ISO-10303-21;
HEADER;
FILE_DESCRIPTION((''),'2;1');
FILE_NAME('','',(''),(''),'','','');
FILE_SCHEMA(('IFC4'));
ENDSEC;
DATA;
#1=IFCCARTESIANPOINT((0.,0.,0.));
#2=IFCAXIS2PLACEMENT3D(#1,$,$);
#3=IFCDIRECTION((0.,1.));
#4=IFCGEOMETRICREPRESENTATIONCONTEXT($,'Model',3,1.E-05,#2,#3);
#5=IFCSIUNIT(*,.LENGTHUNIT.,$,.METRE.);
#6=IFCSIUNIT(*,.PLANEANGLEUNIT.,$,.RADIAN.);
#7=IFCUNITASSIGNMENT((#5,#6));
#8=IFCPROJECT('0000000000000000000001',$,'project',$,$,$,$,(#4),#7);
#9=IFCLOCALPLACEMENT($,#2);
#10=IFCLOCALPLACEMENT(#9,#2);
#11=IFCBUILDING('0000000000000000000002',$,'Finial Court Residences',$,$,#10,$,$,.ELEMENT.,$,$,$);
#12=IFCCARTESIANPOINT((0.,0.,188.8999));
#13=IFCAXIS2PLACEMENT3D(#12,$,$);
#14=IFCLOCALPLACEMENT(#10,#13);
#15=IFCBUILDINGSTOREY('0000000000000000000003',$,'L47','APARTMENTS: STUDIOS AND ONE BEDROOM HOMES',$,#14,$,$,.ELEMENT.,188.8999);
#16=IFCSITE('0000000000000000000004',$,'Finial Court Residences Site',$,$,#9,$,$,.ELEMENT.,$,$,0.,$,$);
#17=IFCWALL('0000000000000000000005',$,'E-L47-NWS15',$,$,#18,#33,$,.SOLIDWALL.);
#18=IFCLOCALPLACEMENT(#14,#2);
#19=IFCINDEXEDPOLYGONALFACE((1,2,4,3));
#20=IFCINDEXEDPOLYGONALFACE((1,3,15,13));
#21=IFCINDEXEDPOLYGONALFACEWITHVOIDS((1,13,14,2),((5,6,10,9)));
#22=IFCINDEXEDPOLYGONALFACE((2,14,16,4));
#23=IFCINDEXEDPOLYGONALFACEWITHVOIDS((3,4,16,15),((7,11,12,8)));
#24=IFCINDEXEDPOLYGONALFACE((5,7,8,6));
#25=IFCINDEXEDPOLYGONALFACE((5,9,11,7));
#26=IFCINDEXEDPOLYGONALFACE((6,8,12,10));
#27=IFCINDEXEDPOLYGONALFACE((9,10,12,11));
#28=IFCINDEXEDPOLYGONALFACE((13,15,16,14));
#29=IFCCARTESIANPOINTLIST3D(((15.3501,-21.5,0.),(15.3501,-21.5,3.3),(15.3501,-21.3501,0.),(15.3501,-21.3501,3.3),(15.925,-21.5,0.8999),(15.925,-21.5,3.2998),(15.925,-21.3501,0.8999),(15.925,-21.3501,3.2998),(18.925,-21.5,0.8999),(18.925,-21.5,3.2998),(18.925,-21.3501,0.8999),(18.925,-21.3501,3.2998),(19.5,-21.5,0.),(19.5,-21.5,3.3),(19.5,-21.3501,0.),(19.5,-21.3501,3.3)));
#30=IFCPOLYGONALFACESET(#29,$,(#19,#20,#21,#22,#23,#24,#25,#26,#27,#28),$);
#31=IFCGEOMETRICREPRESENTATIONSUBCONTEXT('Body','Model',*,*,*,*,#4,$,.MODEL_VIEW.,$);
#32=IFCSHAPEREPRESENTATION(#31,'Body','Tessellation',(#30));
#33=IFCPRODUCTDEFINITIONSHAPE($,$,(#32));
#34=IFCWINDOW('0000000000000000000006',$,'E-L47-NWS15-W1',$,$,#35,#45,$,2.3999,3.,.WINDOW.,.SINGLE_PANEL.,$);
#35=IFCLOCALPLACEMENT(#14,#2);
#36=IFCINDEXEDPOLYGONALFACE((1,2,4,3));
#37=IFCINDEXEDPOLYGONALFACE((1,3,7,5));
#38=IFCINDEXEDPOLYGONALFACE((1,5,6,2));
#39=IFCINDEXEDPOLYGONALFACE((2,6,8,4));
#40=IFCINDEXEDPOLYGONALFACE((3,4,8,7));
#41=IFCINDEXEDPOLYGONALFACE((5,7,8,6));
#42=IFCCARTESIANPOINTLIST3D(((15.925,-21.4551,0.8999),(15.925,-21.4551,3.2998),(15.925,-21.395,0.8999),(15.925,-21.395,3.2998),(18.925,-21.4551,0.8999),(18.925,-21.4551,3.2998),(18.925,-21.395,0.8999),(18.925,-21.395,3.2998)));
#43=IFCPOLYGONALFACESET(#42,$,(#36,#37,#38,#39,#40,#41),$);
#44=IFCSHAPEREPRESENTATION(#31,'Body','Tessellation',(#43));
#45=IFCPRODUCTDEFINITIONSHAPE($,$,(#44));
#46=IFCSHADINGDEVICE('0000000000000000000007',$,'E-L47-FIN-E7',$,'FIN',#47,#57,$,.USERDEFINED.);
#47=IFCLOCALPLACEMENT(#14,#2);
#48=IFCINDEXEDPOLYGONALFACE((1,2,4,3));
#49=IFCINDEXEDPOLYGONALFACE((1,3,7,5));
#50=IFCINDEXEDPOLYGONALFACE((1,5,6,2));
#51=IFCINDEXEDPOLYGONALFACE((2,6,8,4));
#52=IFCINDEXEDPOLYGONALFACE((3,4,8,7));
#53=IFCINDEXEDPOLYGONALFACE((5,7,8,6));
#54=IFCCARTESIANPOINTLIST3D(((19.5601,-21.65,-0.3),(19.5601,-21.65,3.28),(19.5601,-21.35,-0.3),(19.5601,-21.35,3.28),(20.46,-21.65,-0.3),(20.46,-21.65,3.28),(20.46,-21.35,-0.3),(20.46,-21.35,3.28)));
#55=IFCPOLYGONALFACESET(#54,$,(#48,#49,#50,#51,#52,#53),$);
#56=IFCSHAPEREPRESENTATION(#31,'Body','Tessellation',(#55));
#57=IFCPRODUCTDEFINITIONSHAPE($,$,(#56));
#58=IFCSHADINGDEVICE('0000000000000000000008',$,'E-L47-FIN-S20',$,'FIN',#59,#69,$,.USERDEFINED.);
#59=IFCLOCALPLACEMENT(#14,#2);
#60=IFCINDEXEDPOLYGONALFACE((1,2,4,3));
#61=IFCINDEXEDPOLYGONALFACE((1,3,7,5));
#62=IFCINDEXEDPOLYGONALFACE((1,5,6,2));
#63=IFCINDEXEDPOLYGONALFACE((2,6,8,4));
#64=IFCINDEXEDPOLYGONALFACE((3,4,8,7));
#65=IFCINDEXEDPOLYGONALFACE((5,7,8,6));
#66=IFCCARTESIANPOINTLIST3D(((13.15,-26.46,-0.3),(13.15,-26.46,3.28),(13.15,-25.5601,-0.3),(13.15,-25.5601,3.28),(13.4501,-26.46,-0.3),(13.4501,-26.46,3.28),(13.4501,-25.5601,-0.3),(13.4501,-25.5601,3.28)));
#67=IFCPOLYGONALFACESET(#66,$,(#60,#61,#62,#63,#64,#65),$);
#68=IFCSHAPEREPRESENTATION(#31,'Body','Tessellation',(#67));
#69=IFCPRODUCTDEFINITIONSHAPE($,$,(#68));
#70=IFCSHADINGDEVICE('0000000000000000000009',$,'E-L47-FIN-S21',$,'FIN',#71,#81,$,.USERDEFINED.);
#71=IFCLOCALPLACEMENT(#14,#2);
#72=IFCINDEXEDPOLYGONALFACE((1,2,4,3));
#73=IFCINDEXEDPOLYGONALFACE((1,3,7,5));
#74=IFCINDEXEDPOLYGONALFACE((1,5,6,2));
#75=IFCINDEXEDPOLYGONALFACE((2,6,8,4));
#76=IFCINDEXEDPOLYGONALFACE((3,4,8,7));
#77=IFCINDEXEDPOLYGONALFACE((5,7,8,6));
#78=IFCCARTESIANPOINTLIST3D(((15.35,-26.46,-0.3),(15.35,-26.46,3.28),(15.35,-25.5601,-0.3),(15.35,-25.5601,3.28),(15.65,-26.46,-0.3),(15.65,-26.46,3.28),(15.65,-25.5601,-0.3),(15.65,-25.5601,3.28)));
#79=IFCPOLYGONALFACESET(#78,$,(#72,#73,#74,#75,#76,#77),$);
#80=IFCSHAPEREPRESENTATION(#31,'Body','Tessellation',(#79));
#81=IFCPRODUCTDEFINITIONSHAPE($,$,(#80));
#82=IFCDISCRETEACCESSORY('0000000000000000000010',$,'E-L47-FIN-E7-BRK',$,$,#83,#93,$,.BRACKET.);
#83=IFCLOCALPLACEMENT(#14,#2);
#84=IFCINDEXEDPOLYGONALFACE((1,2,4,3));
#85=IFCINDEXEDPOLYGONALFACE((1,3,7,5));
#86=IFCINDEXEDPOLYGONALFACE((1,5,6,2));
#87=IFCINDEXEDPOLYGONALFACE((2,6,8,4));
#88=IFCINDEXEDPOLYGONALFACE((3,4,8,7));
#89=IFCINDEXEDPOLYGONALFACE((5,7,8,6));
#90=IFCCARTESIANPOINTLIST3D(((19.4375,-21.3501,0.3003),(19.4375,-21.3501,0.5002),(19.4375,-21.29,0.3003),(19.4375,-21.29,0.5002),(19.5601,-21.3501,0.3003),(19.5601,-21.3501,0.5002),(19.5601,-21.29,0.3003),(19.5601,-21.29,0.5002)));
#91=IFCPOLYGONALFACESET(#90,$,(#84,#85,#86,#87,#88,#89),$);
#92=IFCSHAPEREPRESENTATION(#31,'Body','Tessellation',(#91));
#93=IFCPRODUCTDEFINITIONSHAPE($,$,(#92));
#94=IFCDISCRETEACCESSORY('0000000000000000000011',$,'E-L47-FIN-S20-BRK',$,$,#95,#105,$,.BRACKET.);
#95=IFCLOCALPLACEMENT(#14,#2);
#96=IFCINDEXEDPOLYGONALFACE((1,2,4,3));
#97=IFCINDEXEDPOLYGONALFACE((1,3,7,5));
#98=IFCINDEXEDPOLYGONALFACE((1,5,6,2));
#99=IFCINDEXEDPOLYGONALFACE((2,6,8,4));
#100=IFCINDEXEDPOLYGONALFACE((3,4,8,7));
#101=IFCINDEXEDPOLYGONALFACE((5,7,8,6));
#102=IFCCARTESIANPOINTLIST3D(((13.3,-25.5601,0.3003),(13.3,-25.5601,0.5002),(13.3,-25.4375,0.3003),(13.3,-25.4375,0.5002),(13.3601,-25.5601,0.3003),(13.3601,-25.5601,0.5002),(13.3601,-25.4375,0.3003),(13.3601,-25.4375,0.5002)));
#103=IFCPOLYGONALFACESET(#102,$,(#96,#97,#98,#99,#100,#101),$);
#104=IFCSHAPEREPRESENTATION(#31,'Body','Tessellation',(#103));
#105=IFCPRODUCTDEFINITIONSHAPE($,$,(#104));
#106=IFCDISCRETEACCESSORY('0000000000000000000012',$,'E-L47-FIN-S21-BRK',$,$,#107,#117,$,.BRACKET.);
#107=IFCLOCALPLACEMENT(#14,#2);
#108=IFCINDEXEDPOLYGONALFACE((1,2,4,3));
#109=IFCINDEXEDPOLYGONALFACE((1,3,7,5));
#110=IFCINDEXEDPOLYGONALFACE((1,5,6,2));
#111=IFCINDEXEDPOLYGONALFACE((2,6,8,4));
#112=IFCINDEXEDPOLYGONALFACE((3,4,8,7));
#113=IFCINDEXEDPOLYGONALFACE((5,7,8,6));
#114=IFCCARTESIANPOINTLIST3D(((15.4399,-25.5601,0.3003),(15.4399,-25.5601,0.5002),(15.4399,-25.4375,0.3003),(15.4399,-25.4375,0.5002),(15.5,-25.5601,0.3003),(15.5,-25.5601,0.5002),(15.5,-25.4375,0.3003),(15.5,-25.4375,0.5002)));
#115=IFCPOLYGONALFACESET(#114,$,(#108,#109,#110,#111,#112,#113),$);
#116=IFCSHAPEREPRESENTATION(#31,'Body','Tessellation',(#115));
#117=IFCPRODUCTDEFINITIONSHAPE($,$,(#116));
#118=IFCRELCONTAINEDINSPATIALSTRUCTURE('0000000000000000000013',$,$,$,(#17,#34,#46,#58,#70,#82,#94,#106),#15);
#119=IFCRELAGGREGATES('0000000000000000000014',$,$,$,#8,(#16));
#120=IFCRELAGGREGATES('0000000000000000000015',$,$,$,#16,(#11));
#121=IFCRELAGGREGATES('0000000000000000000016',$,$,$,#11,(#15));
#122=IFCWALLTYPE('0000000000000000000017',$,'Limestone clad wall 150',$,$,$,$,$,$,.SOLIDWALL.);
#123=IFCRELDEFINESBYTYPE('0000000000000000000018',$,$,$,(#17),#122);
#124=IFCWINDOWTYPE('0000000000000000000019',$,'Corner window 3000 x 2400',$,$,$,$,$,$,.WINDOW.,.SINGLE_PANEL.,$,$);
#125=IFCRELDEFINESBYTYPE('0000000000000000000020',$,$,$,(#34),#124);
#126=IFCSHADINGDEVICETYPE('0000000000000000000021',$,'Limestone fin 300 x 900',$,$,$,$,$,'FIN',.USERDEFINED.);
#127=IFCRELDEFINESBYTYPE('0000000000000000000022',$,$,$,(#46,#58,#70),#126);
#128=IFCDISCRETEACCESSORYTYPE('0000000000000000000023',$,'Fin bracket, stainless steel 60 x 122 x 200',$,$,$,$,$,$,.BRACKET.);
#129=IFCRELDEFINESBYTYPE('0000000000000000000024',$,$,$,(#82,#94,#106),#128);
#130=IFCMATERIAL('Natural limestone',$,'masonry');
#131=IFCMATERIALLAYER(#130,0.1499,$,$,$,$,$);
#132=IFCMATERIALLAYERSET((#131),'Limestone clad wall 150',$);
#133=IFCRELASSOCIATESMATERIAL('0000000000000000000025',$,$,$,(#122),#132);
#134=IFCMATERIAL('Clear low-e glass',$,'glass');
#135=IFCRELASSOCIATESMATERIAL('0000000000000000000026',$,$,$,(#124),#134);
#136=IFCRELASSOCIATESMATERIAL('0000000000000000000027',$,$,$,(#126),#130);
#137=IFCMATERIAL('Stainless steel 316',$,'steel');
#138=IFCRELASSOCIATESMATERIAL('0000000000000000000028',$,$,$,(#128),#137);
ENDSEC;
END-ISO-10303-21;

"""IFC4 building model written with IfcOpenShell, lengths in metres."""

from ifc_helpers import new_model, si_unit, direction, frame, frame_2d, origin, origin_2d, place, context, subcontext, project, spatial, rectangle, extrude, material, layer, layer_set, type_object, element, fill, save


model = new_model("IFC4")

# Units and contexts
model_context = context("Model", 3, precision=1e-05, world=origin(), true_north=direction((0.0, 1.0)))
body_context = subcontext(model_context, "Body", "Model", "MODEL_VIEW")
ifc_project = project(units=[si_unit("LENGTHUNIT", "METRE"), si_unit("PLANEANGLEUNIT", "RADIAN")], contexts=[model_context])

# Site, building, storey
site_placement = place(None, origin())
site = spatial("IfcSite", under=ifc_project, at=site_placement, Name="Finial Court Residences Site", CompositionType="ELEMENT", RefElevation=0.0)
building_placement = place(site_placement, origin())
building = spatial("IfcBuilding", under=site, at=building_placement, Name="Finial Court Residences", CompositionType="ELEMENT")
storey_placement = place(building_placement, frame((0.0, 0.0, 188.8999)))
storey = spatial("IfcBuildingStorey", under=building, at=storey_placement, Name="L47", Description="APARTMENTS: STUDIOS AND ONE BEDROOM HOMES", CompositionType="ELEMENT", Elevation=188.8999)

# Shared definitions
ifc_material_1 = material(Name="Clear low-e glass", Category="glass")

# Wall, opening, window
ifc_material_2 = material(Name="Natural limestone", Category="masonry")
ifc_layer_1 = layer(ifc_material_2, 0.1499)
ifc_layer_set_1 = layer_set([ifc_layer_1], Name="Limestone clad wall 150")
wall_type_1 = type_object("IfcWallType", Name="Limestone clad wall 150", PredefinedType="SOLIDWALL", material=ifc_layer_set_1)
wall_1_placement = place(storey_placement, frame((19.5, -21.425, 0.0), z_axis=(0.0, 0.0, 1.0), x_axis=(-1.0, 0.0, 0.0)))
wall_1 = element("IfcWall", 1, at=wall_1_placement, inside=storey, type_object=wall_type_1, Name="E-L47-NWS15", PredefinedType="SOLIDWALL", context=body_context, shape_type="SweptSolid", body=[
    extrude(rectangle(XDim=4.1499, YDim=0.1499, at=frame_2d((2.075, 0.0))), origin(), (0.0, 0.0, 1.0), 3.3),
])
opening_1_placement = place(wall_1_placement, frame((0.575, 0.0, 0.8999)))
opening_1 = element("IfcOpeningElement", 2, at=opening_1_placement, cuts=wall_1, PredefinedType="OPENING", context=body_context, shape_type="SweptSolid", body=[
    extrude(rectangle(XDim=3.0, YDim=2.3999, at=frame_2d((1.5, 1.2))), frame((0.0, 0.085, 0.0), z_axis=(0.0, -1.0, 0.0), x_axis=(1.0, 0.0, 0.0)), (0.0, 0.0, 1.0), 0.1699),
])
window_type_1 = type_object("IfcWindowType", Name="Corner window 3000 x 2400", PartitioningType="SINGLE_PANEL", PredefinedType="WINDOW", material=ifc_material_1)
window_1_placement = place(opening_1_placement, origin())
window_1 = element("IfcWindow", 3, at=window_1_placement, inside=storey, type_object=window_type_1, Name="E-L47-NWS15-W1", OverallHeight=2.3999, OverallWidth=3.0, PartitioningType="SINGLE_PANEL", PredefinedType="WINDOW", context=body_context, shape_type="SweptSolid", body=[
    extrude(rectangle(XDim=3.0, YDim=2.3999, at=frame_2d((1.5, 1.2))), frame((0.0, 0.03, 0.0), z_axis=(0.0, -1.0, 0.0), x_axis=(1.0, 0.0, 0.0)), (0.0, 0.0, 1.0), 0.0601),
])
fill(opening_1, window_1)

# Shading devices
shading_device_type = type_object("IfcShadingDeviceType", Name="Limestone fin 300 x 900", ElementType="FIN", PredefinedType="USERDEFINED", material=ifc_material_2)
shading_device_placement = place(storey_placement, frame((20.01, -21.5, -0.3), z_axis=(0.0, 0.0, 1.0), x_axis=(1.0, 0.0, 0.0)))
element("IfcShadingDevice", 4, at=shading_device_placement, inside=storey, type_object=shading_device_type, Name="E-L47-FIN-E7", ObjectType="FIN", PredefinedType="USERDEFINED", context=body_context, shape_type="SweptSolid", body=[
    extrude(rectangle(XDim=0.8999, YDim=0.3, at=origin_2d()), origin(), (0.0, 0.0, 1.0), 3.5801),
])
for number, where, z_axis, x_axis, name in (
    (5, (13.3, -26.01, -0.3), (0.0, 0.0, 1.0), (1.0, 0.0, 0.0), "E-L47-FIN-S20"),
    (6, (15.5, -26.01, -0.3), (0.0, 0.0, 1.0), (1.0, 0.0, 0.0), "E-L47-FIN-S21"),
):
    element("IfcShadingDevice", number, at=place(storey_placement, frame(where, z_axis=z_axis, x_axis=x_axis)), inside=storey, type_object=shading_device_type, Name=name, ObjectType="FIN", PredefinedType="USERDEFINED", context=body_context, shape_type="SweptSolid", body=[
        extrude(rectangle(XDim=0.3, YDim=0.8999, at=origin_2d()), origin(), (0.0, 0.0, 1.0), 3.5801),
    ])

# Discrete accessories
ifc_material_3 = material(Name="Stainless steel 316", Category="steel")
discrete_accessory_type = type_object("IfcDiscreteAccessoryType", Name="Fin bracket, stainless steel 60 x 122 x 200", PredefinedType="BRACKET", material=ifc_material_3)
discrete_accessory_placement = place(storey_placement, frame((19.4988, -21.3201, 0.3003), z_axis=(0.0, 0.0, 1.0), x_axis=(1.0, 0.0, 0.0)))
element("IfcDiscreteAccessory", 7, at=discrete_accessory_placement, inside=storey, type_object=discrete_accessory_type, Name="E-L47-FIN-E7-BRK", PredefinedType="BRACKET", context=body_context, shape_type="SweptSolid", body=[
    extrude(rectangle(XDim=0.1226, YDim=0.0601, at=origin_2d()), origin(), (0.0, 0.0, 1.0), 0.2),
])
for number, where, z_axis, x_axis, name in (
    (8, (13.3301, -25.4988, 0.3003), (0.0, 0.0, 1.0), (1.0, 0.0, 0.0), "E-L47-FIN-S20-BRK"),
    (9, (15.47, -25.4988, 0.3003), (0.0, 0.0, 1.0), (1.0, 0.0, 0.0), "E-L47-FIN-S21-BRK"),
):
    element("IfcDiscreteAccessory", number, at=place(storey_placement, frame(where, z_axis=z_axis, x_axis=x_axis)), inside=storey, type_object=discrete_accessory_type, Name=name, PredefinedType="BRACKET", context=body_context, shape_type="SweptSolid", body=[
        extrude(rectangle(XDim=0.0601, YDim=0.1226, at=origin_2d()), origin(), (0.0, 0.0, 1.0), 0.2),
    ])

save(model, "model.ifc")
